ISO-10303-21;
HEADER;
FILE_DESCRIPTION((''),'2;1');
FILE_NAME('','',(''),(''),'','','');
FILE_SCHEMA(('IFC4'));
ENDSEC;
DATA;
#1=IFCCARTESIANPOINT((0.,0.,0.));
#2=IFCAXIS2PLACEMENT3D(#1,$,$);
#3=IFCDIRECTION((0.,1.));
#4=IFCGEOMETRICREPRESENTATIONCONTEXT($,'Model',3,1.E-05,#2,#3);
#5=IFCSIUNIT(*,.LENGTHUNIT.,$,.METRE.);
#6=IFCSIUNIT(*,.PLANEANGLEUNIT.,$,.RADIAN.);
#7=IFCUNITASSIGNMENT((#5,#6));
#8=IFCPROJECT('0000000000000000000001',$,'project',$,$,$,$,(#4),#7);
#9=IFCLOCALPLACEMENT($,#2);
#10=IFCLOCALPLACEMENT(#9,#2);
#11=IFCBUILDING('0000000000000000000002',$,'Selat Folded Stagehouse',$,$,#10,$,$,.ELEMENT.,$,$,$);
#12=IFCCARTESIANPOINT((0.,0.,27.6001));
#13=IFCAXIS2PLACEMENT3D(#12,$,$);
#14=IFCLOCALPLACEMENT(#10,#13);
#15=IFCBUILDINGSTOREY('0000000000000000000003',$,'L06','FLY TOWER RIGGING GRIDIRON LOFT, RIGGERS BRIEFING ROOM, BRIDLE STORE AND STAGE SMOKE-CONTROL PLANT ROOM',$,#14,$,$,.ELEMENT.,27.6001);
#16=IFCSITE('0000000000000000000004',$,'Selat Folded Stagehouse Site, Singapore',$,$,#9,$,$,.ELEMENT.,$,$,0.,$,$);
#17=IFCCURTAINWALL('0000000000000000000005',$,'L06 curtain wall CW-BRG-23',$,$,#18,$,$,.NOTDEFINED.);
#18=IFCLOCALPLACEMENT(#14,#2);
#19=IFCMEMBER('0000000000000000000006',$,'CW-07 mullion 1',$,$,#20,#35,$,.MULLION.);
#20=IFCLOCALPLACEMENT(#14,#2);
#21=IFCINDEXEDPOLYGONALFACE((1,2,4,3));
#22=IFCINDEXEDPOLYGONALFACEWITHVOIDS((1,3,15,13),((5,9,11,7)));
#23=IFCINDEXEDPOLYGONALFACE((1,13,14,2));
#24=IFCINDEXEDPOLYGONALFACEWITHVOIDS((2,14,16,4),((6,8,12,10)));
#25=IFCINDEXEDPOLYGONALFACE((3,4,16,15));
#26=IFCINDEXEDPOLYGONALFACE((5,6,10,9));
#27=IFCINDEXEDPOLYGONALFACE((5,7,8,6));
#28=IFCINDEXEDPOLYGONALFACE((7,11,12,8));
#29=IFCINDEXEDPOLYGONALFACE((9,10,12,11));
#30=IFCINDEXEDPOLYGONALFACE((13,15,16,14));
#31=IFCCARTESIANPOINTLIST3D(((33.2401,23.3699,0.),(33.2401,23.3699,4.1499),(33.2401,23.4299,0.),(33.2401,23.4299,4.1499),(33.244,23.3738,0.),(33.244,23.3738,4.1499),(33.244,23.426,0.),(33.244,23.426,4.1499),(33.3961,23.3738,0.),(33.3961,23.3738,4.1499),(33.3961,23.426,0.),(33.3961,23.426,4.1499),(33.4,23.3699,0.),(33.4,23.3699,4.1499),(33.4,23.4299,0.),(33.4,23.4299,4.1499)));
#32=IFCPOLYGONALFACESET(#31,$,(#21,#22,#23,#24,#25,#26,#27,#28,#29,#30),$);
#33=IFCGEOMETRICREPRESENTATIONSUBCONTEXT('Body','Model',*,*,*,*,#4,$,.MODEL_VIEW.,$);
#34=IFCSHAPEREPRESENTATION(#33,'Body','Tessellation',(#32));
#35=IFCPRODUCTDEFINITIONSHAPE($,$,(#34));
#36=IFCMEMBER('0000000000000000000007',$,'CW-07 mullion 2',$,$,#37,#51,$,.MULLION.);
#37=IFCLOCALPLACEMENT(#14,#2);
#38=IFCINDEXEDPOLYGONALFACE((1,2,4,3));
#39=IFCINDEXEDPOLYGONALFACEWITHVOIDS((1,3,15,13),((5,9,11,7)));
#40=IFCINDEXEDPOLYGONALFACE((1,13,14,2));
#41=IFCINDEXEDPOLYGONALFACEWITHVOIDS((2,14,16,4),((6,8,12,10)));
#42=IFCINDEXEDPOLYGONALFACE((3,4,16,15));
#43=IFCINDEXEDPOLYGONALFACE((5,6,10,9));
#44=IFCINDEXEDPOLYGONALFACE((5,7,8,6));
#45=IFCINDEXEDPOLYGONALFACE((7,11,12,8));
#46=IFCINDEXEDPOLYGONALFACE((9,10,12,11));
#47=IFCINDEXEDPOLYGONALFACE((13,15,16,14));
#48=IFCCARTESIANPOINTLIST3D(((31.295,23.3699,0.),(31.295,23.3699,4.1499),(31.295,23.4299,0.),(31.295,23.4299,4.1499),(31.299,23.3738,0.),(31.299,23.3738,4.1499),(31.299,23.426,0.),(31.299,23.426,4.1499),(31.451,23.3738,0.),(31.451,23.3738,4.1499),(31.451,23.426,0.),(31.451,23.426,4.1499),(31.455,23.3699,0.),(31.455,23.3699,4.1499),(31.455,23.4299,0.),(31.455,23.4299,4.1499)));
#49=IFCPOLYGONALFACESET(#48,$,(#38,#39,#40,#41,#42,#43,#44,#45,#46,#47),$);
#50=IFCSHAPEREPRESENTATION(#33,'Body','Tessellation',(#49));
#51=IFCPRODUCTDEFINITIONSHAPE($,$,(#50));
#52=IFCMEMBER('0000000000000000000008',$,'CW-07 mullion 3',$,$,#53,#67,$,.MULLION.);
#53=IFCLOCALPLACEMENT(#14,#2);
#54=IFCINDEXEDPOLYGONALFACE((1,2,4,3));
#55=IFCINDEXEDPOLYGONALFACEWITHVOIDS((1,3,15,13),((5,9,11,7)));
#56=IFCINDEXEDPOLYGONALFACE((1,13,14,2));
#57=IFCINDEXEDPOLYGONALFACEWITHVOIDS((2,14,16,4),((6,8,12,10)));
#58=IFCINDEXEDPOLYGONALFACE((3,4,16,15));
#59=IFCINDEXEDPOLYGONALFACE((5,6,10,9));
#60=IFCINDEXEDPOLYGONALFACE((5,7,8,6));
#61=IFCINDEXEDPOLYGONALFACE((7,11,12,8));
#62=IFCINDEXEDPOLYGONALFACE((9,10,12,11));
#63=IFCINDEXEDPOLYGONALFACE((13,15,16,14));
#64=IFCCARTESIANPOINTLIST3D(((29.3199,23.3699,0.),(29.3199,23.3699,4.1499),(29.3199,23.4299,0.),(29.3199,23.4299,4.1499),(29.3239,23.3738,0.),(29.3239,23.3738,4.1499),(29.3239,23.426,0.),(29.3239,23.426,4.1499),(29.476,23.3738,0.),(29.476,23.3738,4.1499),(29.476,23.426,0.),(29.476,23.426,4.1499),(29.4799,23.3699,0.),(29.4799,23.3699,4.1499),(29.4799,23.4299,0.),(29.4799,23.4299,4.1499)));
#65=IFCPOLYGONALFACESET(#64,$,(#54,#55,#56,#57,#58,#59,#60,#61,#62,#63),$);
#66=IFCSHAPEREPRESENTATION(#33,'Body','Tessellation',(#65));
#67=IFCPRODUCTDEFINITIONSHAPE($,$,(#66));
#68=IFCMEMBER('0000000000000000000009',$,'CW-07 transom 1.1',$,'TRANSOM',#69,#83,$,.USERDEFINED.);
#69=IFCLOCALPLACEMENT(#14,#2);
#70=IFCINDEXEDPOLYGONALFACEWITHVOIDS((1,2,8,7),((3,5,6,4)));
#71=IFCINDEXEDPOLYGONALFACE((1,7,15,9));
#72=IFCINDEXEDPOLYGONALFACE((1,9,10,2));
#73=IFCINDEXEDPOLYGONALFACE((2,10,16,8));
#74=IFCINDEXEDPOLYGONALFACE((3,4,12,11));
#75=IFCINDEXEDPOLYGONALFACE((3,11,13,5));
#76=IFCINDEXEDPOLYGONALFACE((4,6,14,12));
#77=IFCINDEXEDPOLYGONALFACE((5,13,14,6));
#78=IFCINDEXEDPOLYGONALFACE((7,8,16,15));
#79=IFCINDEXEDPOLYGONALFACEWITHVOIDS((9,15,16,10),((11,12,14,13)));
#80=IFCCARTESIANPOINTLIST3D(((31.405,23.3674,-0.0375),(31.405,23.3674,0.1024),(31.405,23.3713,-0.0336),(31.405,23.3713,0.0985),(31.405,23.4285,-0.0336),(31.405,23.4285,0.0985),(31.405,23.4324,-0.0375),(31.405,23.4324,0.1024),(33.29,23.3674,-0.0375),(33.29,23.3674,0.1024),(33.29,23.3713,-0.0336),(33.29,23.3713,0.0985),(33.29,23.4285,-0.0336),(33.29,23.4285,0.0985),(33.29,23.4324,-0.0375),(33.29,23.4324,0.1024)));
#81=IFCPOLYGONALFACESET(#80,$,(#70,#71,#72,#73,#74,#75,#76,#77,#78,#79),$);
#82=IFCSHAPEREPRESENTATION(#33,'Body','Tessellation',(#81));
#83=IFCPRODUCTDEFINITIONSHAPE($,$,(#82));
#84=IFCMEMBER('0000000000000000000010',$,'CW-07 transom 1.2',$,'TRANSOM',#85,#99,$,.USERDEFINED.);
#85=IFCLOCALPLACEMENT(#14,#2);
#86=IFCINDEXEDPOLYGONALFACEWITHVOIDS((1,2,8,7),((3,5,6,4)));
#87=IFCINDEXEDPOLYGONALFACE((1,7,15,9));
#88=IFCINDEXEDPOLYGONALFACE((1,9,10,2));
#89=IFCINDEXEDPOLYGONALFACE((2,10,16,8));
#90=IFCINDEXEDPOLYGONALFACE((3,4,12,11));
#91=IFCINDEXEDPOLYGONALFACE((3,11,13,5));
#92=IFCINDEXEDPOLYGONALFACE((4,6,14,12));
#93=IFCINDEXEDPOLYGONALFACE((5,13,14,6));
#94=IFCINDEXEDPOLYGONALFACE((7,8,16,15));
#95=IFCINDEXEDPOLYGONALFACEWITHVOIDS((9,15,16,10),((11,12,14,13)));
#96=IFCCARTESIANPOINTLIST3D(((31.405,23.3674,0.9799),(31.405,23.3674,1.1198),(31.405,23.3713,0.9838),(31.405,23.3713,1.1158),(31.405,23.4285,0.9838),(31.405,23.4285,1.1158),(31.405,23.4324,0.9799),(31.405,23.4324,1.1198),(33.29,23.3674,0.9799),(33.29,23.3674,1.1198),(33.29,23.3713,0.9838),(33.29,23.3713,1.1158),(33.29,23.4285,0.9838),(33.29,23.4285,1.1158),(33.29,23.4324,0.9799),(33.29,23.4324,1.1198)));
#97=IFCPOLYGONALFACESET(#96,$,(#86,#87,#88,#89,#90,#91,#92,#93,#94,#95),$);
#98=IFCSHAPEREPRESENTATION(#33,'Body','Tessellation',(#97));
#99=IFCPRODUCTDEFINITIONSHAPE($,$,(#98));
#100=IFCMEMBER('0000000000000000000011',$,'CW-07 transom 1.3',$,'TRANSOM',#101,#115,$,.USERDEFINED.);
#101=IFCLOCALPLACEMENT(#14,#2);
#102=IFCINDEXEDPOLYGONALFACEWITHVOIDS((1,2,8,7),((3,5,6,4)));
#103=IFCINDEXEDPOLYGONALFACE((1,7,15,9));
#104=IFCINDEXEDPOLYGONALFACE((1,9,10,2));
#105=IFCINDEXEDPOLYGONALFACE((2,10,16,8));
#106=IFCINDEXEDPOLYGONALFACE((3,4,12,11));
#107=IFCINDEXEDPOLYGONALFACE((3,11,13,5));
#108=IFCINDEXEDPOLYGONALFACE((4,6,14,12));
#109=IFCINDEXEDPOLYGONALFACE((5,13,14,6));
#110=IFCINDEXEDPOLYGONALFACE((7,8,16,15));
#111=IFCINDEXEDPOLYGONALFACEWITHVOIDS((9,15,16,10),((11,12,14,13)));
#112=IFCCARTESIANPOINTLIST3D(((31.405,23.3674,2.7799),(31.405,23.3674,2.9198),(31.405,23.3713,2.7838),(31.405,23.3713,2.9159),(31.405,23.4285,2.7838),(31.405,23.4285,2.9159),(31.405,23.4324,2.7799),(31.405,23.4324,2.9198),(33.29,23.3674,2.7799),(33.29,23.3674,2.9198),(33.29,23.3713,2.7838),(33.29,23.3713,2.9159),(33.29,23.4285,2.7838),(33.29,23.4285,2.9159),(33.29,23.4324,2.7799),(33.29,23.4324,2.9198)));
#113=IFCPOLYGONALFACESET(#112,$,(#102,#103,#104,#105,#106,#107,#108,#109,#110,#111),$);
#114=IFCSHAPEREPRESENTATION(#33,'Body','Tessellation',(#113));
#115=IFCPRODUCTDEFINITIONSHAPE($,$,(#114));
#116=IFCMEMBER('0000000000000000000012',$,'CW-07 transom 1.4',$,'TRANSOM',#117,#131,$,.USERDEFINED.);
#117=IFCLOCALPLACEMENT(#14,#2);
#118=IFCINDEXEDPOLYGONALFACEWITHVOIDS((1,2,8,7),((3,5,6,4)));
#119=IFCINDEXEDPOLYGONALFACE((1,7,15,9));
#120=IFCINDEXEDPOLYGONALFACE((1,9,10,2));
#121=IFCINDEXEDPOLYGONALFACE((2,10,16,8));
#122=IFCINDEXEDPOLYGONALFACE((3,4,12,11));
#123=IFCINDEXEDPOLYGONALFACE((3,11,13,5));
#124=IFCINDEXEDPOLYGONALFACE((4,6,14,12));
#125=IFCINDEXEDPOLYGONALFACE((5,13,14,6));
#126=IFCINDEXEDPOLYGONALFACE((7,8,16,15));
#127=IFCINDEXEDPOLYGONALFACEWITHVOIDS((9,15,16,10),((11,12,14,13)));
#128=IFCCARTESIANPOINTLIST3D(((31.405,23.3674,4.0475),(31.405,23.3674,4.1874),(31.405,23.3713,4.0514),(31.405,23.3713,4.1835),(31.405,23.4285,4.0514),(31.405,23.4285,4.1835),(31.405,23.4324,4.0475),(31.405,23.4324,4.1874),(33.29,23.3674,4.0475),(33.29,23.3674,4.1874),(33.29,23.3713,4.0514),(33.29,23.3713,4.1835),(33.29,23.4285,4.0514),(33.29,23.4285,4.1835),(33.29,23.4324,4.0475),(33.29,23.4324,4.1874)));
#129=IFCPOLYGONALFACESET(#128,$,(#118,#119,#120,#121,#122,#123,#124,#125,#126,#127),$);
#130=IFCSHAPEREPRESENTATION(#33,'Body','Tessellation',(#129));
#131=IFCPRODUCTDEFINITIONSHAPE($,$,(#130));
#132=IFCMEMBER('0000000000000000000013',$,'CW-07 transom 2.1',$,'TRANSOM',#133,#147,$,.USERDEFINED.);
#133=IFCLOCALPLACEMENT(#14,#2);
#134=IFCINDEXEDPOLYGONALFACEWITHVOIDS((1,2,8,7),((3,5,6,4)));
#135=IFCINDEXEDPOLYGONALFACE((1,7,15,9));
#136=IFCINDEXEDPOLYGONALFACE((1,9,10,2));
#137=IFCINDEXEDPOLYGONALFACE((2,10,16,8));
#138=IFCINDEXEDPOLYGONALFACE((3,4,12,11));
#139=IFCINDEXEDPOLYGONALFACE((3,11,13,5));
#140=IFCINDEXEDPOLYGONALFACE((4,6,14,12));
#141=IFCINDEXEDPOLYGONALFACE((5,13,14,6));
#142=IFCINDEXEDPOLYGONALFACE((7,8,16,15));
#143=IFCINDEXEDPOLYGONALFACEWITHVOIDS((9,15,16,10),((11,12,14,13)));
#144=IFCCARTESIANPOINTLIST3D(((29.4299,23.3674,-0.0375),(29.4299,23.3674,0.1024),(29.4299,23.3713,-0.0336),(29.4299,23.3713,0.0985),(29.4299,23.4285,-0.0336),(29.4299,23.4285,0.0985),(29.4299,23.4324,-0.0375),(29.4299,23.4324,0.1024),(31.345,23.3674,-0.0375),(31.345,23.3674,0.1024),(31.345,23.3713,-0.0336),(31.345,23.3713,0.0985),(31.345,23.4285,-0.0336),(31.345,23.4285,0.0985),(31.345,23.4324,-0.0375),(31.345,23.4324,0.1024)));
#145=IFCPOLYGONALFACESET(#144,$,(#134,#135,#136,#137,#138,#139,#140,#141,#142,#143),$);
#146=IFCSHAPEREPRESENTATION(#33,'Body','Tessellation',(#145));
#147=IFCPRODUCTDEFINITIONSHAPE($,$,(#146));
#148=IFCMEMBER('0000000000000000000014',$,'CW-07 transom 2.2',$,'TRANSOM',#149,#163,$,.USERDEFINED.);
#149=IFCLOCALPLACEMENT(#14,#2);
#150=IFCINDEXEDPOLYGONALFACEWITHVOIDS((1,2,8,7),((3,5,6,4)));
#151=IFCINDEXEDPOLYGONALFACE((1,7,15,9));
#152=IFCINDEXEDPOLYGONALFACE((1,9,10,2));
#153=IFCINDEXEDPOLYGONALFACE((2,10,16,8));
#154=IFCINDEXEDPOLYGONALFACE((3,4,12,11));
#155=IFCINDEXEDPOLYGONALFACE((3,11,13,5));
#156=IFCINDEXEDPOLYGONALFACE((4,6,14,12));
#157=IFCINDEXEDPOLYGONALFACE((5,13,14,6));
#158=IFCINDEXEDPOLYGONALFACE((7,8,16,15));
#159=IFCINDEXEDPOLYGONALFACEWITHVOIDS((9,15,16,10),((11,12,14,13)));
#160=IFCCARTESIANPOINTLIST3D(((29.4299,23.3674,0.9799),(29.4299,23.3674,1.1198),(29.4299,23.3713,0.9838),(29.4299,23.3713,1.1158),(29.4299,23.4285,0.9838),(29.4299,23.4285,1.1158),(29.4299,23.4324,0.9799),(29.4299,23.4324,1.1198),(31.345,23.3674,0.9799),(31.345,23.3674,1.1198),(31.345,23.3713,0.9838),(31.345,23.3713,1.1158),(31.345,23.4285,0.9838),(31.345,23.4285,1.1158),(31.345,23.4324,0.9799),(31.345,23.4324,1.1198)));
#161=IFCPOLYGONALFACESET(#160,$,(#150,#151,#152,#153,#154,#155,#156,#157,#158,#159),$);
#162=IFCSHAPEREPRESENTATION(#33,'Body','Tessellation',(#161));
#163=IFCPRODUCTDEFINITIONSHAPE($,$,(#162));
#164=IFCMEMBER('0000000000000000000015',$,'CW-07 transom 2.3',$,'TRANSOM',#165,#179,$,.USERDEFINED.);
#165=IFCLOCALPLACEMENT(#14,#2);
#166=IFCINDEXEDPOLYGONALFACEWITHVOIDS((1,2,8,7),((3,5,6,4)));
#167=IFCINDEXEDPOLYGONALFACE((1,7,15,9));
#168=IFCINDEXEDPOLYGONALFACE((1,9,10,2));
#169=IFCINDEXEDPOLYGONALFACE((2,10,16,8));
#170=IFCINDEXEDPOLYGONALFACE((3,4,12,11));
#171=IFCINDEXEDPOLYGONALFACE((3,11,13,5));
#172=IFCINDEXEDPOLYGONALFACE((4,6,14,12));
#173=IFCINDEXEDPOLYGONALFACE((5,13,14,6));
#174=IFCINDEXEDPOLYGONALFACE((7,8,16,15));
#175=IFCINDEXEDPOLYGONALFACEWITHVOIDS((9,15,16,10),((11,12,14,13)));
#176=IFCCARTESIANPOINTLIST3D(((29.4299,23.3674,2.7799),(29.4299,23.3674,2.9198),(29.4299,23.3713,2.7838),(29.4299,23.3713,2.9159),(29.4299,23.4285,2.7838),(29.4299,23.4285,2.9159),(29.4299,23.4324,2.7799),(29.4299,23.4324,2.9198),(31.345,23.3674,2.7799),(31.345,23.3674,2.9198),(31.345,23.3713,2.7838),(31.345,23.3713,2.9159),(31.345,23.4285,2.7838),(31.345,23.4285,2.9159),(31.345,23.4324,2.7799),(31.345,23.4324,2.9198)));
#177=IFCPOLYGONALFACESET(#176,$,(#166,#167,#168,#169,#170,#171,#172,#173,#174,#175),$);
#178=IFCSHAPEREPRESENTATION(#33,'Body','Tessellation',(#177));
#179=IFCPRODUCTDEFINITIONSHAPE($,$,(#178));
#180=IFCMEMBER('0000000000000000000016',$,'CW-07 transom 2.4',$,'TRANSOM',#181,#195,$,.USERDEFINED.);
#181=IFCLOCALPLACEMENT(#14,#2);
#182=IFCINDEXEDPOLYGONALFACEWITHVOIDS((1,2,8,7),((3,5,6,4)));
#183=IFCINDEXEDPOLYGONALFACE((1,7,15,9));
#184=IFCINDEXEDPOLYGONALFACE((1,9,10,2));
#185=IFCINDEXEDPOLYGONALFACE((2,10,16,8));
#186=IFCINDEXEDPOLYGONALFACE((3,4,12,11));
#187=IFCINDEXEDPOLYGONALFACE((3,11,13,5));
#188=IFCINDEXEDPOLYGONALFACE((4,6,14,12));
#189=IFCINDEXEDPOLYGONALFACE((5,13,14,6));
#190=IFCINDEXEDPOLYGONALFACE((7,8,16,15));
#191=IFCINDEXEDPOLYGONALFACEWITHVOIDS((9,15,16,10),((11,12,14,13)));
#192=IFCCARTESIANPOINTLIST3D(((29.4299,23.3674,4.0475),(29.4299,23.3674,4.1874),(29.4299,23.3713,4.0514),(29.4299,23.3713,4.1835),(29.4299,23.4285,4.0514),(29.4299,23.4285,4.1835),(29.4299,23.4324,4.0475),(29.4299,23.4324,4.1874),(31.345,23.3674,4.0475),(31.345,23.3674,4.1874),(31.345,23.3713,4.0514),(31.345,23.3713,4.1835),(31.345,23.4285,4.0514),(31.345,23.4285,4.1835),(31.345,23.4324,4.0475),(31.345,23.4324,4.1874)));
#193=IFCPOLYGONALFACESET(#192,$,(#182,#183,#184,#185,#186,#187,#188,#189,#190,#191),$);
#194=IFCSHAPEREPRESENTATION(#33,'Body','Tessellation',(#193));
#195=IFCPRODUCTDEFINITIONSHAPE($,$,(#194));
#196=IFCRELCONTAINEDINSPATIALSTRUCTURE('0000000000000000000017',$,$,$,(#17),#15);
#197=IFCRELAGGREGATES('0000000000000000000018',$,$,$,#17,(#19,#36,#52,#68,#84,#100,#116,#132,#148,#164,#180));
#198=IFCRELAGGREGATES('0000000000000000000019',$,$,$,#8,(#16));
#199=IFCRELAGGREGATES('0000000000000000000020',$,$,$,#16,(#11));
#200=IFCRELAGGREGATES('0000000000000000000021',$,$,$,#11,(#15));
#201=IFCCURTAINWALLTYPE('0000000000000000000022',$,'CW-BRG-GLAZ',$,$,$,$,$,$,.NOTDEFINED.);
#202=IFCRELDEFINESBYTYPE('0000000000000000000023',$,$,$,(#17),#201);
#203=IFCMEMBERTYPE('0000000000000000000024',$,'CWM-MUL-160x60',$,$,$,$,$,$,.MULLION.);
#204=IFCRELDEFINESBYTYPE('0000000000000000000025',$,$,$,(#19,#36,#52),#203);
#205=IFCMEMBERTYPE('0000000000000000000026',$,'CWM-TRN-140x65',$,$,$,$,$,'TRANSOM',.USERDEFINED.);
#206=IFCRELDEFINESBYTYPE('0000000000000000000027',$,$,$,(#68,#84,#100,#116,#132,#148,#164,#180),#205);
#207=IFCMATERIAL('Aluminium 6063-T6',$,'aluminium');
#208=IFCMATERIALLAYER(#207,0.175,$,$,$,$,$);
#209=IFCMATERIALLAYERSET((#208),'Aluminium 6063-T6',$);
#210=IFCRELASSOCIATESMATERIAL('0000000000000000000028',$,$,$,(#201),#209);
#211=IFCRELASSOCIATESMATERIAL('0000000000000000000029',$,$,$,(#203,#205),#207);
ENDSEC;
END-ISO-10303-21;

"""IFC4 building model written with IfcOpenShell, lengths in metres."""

from ifc_helpers import new_model, si_unit, direction, frame, origin, origin_2d, place, context, subcontext, project, spatial, hollow_rectangle, extrude, material, layer, layer_set, material_profile, profile_set, type_object, element, aggregate, save


model = new_model("IFC4")

# Units and contexts
model_context = context("Model", 3, precision=1e-05, world=origin(), true_north=direction((0.0, 1.0)))
body_context = subcontext(model_context, "Body", "Model", "MODEL_VIEW")
ifc_project = project(units=[si_unit("LENGTHUNIT", "METRE"), si_unit("PLANEANGLEUNIT", "RADIAN")], contexts=[model_context])

# Site, building, storey
site_placement = place(None, origin())
site = spatial("IfcSite", under=ifc_project, at=site_placement, Name="Selat Folded Stagehouse Site, Singapore", CompositionType="ELEMENT", RefElevation=0.0)
building_placement = place(site_placement, origin())
building = spatial("IfcBuilding", under=site, at=building_placement, Name="Selat Folded Stagehouse", CompositionType="ELEMENT")
storey_placement = place(building_placement, frame((0.0, 0.0, 27.6001)))
storey = spatial("IfcBuildingStorey", under=building, at=storey_placement, Name="L06", Description="FLY TOWER RIGGING GRIDIRON LOFT, RIGGERS BRIEFING ROOM, BRIDLE STORE AND STAGE SMOKE-CONTROL PLANT ROOM", CompositionType="ELEMENT", Elevation=27.6001)

# Curtain wall, members
ifc_material_1 = material(Name="Aluminium 6063-T6", Category="aluminium")
ifc_layer_1 = layer(ifc_material_1, 0.175)
ifc_layer_set_1 = layer_set([ifc_layer_1], Name="Aluminium 6063-T6")
curtain_wall_type = type_object("IfcCurtainWallType", Name="CW-BRG-GLAZ", PredefinedType="NOTDEFINED", material=ifc_layer_set_1)
curtain_wall_placement = place(storey_placement, origin())
curtain_wall = element("IfcCurtainWall", 1, at=curtain_wall_placement, inside=storey, type_object=curtain_wall_type, Name="L06 curtain wall CW-BRG-23", PredefinedType="NOTDEFINED")
ifc_material_profile_1 = material_profile(ifc_material_1, hollow_rectangle(XDim=0.0601, YDim=0.1599, WallThickness=0.0039, at=origin_2d()), Name="ALU 160x60x4.0")
ifc_profile_set_1 = profile_set([ifc_material_profile_1], Name="Aluminium 6063-T6")
member_type_1 = type_object("IfcMemberType", Name="CWM-MUL-160x60", PredefinedType="MULLION", material=ifc_profile_set_1)
member_1_placement = place(storey_placement, frame((33.3201, 23.3999, 0.0), z_axis=(0.0, 0.0, 1.0), x_axis=(0.0, -1.0, 0.0)))
member_1 = element("IfcMember", 2, at=member_1_placement, type_object=member_type_1, Name="CW-07 mullion 1", PredefinedType="MULLION", context=body_context, shape_type="SweptSolid", body=[
    extrude(hollow_rectangle(XDim=0.0601, YDim=0.1599, WallThickness=0.0039, at=origin_2d()), origin(), (0.0, 0.0, 1.0), 4.1499),
])
member_2_placement = place(storey_placement, frame((31.375, 23.3999, 0.0), z_axis=(0.0, 0.0, 1.0), x_axis=(0.0, -1.0, 0.0)))
member_2 = element("IfcMember", 3, at=member_2_placement, type_object=member_type_1, Name="CW-07 mullion 2", PredefinedType="MULLION", context=body_context, shape_type="SweptSolid", body=[
    extrude(hollow_rectangle(XDim=0.0601, YDim=0.1599, WallThickness=0.0039, at=origin_2d()), origin(), (0.0, 0.0, 1.0), 4.1499),
])
member_3_placement = place(storey_placement, frame((29.3999, 23.3999, 0.0), z_axis=(0.0, 0.0, 1.0), x_axis=(0.0, -1.0, 0.0)))
member_3 = element("IfcMember", 4, at=member_3_placement, type_object=member_type_1, Name="CW-07 mullion 3", PredefinedType="MULLION", context=body_context, shape_type="SweptSolid", body=[
    extrude(hollow_rectangle(XDim=0.0601, YDim=0.1599, WallThickness=0.0039, at=origin_2d()), origin(), (0.0, 0.0, 1.0), 4.1499),
])
ifc_material_profile_2 = material_profile(ifc_material_1, hollow_rectangle(XDim=0.0649, YDim=0.1399, WallThickness=0.0039, at=origin_2d()), Name="ALU 140x65x4.0")
ifc_profile_set_2 = profile_set([ifc_material_profile_2], Name="Aluminium 6063-T6")
member_type_2 = type_object("IfcMemberType", Name="CWM-TRN-140x65", ElementType="TRANSOM", PredefinedType="USERDEFINED", material=ifc_profile_set_2)
member_4_placement = place(storey_placement, frame((33.29, 23.3999, 0.0325), z_axis=(-1.0, 0.0, 0.0), x_axis=(0.0, -1.0, 0.0)))
member_4 = element("IfcMember", 5, at=member_4_placement, type_object=member_type_2, Name="CW-07 transom 1.1", ObjectType="TRANSOM", PredefinedType="USERDEFINED", context=body_context, shape_type="SweptSolid", body=[
    extrude(hollow_rectangle(XDim=0.0649, YDim=0.1399, WallThickness=0.0039, at=origin_2d()), origin(), (0.0, 0.0, 1.0), 1.885),
])
member_5_placement = place(storey_placement, frame((33.29, 23.3999, 1.0498), z_axis=(-1.0, 0.0, 0.0), x_axis=(0.0, -1.0, 0.0)))
member_5 = element("IfcMember", 6, at=member_5_placement, type_object=member_type_2, Name="CW-07 transom 1.2", ObjectType="TRANSOM", PredefinedType="USERDEFINED", context=body_context, shape_type="SweptSolid", body=[
    extrude(hollow_rectangle(XDim=0.0649, YDim=0.1399, WallThickness=0.0039, at=origin_2d()), origin(), (0.0, 0.0, 1.0), 1.885),
])
member_6_placement = place(storey_placement, frame((33.29, 23.3999, 2.8499), z_axis=(-1.0, 0.0, 0.0), x_axis=(0.0, -1.0, 0.0)))
member_6 = element("IfcMember", 7, at=member_6_placement, type_object=member_type_2, Name="CW-07 transom 1.3", ObjectType="TRANSOM", PredefinedType="USERDEFINED", context=body_context, shape_type="SweptSolid", body=[
    extrude(hollow_rectangle(XDim=0.0649, YDim=0.1399, WallThickness=0.0039, at=origin_2d()), origin(), (0.0, 0.0, 1.0), 1.885),
])
member_7_placement = place(storey_placement, frame((33.29, 23.3999, 4.1174), z_axis=(-1.0, 0.0, 0.0), x_axis=(0.0, -1.0, 0.0)))
member_7 = element("IfcMember", 8, at=member_7_placement, type_object=member_type_2, Name="CW-07 transom 1.4", ObjectType="TRANSOM", PredefinedType="USERDEFINED", context=body_context, shape_type="SweptSolid", body=[
    extrude(hollow_rectangle(XDim=0.0649, YDim=0.1399, WallThickness=0.0039, at=origin_2d()), origin(), (0.0, 0.0, 1.0), 1.885),
])
member_8_placement = place(storey_placement, frame((31.345, 23.3999, 0.0325), z_axis=(-1.0, 0.0, 0.0), x_axis=(0.0, -1.0, 0.0)))
member_8 = element("IfcMember", 9, at=member_8_placement, type_object=member_type_2, Name="CW-07 transom 2.1", ObjectType="TRANSOM", PredefinedType="USERDEFINED", context=body_context, shape_type="SweptSolid", body=[
    extrude(hollow_rectangle(XDim=0.0649, YDim=0.1399, WallThickness=0.0039, at=origin_2d()), origin(), (0.0, 0.0, 1.0), 1.915),
])
member_9_placement = place(storey_placement, frame((31.345, 23.3999, 1.0498), z_axis=(-1.0, 0.0, 0.0), x_axis=(0.0, -1.0, 0.0)))
member_9 = element("IfcMember", 10, at=member_9_placement, type_object=member_type_2, Name="CW-07 transom 2.2", ObjectType="TRANSOM", PredefinedType="USERDEFINED", context=body_context, shape_type="SweptSolid", body=[
    extrude(hollow_rectangle(XDim=0.0649, YDim=0.1399, WallThickness=0.0039, at=origin_2d()), origin(), (0.0, 0.0, 1.0), 1.915),
])
member_10_placement = place(storey_placement, frame((31.345, 23.3999, 2.8499), z_axis=(-1.0, 0.0, 0.0), x_axis=(0.0, -1.0, 0.0)))
member_10 = element("IfcMember", 11, at=member_10_placement, type_object=member_type_2, Name="CW-07 transom 2.3", ObjectType="TRANSOM", PredefinedType="USERDEFINED", context=body_context, shape_type="SweptSolid", body=[
    extrude(hollow_rectangle(XDim=0.0649, YDim=0.1399, WallThickness=0.0039, at=origin_2d()), origin(), (0.0, 0.0, 1.0), 1.915),
])
member_11_placement = place(storey_placement, frame((31.345, 23.3999, 4.1174), z_axis=(-1.0, 0.0, 0.0), x_axis=(0.0, -1.0, 0.0)))
member_11 = element("IfcMember", 12, at=member_11_placement, type_object=member_type_2, Name="CW-07 transom 2.4", ObjectType="TRANSOM", PredefinedType="USERDEFINED", context=body_context, shape_type="SweptSolid", body=[
    extrude(hollow_rectangle(XDim=0.0649, YDim=0.1399, WallThickness=0.0039, at=origin_2d()), origin(), (0.0, 0.0, 1.0), 1.915),
])
aggregate(curtain_wall, [member_1, member_2, member_3, member_4, member_5, member_6, member_7, member_8, member_9, member_10, member_11])

save(model, "model.ifc")
